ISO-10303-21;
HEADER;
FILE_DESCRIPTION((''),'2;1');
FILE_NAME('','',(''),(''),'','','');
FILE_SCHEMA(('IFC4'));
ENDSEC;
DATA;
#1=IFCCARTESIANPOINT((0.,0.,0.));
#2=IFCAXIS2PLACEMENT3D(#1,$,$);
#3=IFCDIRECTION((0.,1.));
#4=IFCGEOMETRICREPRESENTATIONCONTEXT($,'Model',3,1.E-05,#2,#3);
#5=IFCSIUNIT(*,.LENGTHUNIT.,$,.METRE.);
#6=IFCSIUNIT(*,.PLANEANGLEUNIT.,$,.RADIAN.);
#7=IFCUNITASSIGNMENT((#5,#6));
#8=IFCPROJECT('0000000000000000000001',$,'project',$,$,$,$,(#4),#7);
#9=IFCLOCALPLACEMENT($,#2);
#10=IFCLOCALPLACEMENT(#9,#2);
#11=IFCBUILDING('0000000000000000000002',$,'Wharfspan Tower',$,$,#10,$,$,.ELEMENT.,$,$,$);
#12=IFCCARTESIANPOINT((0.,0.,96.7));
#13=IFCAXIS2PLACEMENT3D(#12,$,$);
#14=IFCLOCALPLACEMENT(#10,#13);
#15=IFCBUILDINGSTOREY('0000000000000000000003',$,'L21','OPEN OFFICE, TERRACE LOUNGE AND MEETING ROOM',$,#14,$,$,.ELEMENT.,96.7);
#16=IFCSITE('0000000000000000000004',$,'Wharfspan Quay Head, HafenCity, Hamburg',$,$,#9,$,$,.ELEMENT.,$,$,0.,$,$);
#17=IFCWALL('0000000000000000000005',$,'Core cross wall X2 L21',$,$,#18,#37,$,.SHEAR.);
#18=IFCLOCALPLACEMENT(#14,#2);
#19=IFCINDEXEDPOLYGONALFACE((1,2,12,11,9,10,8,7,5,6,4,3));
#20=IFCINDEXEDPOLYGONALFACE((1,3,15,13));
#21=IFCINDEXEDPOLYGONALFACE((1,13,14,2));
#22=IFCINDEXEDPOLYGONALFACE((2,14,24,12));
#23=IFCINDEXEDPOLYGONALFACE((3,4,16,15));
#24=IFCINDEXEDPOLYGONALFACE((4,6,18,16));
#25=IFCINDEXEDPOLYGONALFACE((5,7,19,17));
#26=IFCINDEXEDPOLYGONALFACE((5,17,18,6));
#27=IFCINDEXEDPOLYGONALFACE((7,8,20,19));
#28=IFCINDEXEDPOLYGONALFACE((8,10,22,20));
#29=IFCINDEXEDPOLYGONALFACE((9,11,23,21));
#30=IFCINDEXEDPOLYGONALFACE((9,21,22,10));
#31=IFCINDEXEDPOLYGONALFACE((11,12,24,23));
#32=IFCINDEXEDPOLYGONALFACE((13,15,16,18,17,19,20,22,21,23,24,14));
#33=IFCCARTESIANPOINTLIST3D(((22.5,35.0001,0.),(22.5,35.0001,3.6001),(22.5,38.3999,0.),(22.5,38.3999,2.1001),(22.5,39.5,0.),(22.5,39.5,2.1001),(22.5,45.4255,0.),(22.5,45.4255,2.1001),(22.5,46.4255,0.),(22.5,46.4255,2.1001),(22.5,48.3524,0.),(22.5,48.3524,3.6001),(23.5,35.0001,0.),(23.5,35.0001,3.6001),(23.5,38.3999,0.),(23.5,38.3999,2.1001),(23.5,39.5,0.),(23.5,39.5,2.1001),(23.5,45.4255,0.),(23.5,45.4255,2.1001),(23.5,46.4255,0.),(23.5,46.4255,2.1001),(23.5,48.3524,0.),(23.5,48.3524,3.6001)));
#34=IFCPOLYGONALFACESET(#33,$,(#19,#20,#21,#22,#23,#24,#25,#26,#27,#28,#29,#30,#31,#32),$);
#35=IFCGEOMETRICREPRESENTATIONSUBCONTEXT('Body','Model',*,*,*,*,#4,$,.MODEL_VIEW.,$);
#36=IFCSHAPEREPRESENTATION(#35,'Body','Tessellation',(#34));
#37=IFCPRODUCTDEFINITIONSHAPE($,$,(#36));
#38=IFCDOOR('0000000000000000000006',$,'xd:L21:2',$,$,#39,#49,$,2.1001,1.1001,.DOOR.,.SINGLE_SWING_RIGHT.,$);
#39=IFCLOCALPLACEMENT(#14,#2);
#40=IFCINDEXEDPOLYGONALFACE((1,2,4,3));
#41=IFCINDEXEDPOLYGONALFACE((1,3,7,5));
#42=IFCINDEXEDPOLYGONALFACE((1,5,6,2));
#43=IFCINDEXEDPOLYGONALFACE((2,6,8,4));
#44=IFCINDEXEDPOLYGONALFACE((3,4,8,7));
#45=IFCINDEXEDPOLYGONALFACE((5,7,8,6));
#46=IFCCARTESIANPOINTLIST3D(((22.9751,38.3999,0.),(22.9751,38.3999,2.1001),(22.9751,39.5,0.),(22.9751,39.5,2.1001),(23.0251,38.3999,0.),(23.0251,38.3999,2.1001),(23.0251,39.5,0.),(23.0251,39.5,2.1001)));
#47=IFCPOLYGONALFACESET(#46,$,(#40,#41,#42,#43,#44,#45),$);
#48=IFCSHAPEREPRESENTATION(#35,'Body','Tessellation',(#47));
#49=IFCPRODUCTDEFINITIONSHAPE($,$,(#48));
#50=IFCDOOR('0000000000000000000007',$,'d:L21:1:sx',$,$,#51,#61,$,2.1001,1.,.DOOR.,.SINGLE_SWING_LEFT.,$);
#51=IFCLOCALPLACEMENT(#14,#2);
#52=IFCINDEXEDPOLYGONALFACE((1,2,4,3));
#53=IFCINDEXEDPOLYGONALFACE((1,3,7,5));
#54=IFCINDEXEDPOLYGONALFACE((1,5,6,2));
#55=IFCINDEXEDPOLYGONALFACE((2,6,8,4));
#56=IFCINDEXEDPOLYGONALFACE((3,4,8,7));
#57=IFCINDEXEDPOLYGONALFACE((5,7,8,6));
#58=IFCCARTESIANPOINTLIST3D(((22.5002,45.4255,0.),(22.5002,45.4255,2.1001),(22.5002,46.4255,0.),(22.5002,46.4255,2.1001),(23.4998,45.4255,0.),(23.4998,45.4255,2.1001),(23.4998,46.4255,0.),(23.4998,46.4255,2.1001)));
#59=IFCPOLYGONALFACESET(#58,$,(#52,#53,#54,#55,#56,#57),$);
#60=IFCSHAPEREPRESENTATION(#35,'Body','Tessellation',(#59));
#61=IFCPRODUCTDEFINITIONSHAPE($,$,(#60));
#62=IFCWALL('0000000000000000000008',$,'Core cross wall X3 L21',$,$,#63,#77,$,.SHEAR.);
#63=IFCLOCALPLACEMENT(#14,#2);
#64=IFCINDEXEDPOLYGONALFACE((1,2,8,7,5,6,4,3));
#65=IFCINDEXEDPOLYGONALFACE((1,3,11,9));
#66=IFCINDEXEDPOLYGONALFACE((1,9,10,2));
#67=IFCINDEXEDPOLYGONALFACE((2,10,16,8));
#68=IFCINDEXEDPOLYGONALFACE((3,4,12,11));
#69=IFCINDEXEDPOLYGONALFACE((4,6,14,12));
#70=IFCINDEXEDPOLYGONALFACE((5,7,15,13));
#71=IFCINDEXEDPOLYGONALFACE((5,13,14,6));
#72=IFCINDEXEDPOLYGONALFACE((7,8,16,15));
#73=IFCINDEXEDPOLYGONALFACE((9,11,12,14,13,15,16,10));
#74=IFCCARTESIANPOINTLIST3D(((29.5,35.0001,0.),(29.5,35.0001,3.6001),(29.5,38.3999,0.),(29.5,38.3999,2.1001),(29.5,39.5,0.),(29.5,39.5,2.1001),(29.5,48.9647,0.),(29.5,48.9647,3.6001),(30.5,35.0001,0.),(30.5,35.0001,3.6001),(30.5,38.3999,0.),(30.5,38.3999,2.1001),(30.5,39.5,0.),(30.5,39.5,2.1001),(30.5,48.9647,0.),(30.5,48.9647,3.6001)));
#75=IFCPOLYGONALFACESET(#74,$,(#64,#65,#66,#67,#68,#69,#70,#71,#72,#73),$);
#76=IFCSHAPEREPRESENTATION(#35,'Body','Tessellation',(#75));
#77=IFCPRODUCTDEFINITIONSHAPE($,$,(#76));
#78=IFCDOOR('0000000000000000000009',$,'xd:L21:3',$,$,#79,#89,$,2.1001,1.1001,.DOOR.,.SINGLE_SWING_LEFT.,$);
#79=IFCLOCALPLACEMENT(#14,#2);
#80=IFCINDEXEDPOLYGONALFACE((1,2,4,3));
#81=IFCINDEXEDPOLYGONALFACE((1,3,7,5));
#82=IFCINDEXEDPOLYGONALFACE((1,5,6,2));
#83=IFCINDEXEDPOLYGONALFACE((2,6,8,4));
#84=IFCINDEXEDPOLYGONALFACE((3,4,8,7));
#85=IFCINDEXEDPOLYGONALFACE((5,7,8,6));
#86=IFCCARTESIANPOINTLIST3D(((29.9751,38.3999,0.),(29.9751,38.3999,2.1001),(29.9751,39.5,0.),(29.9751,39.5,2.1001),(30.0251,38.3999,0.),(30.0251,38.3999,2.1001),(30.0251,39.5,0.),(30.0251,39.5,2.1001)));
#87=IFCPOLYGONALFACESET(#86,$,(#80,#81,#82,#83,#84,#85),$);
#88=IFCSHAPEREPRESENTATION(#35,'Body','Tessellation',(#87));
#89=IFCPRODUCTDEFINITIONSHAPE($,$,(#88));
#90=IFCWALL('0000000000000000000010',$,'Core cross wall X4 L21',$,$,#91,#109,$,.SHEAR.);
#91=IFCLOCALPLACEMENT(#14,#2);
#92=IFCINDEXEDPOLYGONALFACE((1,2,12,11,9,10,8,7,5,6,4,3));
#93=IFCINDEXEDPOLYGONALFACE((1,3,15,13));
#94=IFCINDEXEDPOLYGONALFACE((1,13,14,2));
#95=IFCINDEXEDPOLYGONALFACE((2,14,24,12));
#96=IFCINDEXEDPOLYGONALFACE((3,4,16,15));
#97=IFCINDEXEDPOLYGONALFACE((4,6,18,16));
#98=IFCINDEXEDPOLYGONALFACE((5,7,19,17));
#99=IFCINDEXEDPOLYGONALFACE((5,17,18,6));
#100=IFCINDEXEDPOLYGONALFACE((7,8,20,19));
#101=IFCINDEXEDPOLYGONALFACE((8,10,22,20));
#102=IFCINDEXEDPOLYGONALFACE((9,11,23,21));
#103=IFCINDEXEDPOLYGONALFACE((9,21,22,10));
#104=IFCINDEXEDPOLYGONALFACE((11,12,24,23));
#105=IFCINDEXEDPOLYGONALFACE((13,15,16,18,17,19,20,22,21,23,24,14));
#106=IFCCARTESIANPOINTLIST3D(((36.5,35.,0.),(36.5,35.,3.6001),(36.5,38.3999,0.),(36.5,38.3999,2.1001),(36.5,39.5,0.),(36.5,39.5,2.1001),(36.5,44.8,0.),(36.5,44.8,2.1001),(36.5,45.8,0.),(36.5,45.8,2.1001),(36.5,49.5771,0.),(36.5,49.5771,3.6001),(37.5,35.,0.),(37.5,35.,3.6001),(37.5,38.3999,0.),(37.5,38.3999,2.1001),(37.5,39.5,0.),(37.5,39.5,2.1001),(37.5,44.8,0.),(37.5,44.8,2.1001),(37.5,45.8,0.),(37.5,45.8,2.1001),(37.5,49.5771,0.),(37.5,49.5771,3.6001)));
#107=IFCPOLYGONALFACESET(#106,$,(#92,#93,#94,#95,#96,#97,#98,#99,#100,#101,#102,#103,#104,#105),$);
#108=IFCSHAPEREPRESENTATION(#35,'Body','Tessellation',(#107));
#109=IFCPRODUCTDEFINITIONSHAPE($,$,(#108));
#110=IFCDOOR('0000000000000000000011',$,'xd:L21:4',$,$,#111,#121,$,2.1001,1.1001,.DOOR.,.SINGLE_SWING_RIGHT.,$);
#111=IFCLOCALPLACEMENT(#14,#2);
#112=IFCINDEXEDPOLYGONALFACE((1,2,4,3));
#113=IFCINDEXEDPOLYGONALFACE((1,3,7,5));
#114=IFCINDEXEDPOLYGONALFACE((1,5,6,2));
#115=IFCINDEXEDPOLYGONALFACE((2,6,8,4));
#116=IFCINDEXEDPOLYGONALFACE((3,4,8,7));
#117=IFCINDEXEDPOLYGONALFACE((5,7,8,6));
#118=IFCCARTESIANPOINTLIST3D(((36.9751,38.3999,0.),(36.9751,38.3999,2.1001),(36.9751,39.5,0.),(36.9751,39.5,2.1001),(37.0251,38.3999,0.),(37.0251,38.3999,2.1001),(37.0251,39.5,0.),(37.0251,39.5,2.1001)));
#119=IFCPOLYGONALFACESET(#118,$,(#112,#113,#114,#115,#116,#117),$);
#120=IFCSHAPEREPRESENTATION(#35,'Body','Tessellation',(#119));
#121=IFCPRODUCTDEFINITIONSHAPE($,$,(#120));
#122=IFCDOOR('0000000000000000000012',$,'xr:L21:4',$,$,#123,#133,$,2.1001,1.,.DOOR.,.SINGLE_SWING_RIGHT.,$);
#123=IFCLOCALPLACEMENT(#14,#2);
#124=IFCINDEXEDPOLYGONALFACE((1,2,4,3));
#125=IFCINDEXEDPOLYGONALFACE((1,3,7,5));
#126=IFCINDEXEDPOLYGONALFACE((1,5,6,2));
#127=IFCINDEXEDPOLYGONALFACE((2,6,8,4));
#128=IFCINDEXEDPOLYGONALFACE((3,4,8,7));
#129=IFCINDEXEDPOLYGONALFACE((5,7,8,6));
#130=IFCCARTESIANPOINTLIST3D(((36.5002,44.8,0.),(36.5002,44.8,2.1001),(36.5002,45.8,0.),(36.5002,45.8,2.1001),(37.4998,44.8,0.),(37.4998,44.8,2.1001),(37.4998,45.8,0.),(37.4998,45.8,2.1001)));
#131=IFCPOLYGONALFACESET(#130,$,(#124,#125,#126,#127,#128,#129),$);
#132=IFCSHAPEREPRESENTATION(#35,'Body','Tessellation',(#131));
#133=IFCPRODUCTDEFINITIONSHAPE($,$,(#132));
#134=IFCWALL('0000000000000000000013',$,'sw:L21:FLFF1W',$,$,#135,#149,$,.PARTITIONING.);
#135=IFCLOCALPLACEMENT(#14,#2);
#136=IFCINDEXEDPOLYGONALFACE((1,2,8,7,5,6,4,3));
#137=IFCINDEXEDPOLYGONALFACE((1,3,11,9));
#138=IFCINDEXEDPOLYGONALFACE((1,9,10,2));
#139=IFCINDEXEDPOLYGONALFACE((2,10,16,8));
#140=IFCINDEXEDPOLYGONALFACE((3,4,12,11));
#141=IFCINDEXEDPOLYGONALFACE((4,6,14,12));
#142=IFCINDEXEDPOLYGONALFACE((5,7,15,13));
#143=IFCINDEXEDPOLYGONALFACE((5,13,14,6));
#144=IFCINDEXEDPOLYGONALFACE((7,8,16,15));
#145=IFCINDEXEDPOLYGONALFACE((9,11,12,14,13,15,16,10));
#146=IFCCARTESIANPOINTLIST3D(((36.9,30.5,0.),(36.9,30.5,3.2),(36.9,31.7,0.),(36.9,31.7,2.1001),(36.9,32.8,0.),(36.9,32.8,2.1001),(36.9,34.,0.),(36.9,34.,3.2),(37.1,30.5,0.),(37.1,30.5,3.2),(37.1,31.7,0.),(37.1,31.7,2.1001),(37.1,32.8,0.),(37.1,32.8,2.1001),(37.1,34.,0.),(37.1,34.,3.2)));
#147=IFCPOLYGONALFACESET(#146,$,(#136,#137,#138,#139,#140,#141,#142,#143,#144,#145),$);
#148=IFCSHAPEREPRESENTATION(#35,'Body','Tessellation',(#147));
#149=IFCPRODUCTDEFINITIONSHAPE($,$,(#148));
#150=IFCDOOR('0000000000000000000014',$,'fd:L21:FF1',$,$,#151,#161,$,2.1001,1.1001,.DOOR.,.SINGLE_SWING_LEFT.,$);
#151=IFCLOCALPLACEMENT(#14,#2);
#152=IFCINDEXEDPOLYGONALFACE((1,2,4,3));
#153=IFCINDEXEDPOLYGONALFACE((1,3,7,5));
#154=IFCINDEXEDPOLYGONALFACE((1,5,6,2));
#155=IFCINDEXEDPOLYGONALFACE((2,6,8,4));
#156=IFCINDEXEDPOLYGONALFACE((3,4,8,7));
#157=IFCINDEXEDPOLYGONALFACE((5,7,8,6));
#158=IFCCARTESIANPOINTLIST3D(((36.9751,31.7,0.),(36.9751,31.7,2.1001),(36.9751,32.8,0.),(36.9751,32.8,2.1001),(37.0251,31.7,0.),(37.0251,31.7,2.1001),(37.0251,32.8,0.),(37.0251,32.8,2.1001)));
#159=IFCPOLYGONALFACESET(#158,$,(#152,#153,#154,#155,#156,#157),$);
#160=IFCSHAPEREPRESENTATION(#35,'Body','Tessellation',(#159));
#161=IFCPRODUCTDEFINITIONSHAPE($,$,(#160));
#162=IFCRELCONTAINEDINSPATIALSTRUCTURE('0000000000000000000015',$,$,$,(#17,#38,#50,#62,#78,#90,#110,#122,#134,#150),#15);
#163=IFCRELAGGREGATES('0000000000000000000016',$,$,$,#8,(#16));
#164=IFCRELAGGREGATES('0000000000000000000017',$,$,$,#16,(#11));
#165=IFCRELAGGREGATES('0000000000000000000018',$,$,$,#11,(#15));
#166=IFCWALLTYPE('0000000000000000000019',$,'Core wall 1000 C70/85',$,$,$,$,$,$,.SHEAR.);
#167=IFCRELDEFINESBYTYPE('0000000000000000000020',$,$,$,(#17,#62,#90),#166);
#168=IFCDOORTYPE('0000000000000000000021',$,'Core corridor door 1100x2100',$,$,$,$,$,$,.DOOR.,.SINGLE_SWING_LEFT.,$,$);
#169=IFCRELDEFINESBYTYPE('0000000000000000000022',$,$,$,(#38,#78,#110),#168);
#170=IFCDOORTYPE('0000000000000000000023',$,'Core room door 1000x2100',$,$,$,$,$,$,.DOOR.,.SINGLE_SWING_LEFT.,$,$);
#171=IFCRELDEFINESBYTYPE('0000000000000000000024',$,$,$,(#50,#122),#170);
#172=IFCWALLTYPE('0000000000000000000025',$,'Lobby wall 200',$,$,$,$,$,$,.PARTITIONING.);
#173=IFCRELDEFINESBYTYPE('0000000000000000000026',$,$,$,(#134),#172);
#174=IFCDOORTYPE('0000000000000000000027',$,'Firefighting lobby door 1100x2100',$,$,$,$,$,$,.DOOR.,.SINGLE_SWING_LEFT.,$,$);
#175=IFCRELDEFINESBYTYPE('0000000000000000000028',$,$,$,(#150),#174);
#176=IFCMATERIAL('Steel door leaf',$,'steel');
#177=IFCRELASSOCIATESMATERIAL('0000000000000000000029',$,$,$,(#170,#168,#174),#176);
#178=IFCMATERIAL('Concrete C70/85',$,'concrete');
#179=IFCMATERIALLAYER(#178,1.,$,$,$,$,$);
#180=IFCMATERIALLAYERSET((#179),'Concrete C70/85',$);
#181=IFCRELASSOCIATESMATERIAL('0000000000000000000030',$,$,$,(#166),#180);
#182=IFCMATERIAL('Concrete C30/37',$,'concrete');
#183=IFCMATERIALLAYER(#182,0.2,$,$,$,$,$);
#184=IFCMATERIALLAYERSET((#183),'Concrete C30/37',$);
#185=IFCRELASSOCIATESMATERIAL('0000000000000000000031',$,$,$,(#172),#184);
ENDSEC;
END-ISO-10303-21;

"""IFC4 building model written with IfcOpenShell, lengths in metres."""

from ifc_helpers import new_model, si_unit, direction, frame, frame_2d, origin, place, context, subcontext, project, spatial, rectangle, extrude, material, layer, layer_set, type_object, element, fill, save


model = new_model("IFC4")

# Units and contexts
model_context = context("Model", 3, precision=1e-05, world=origin(), true_north=direction((0.0, 1.0)))
body_context = subcontext(model_context, "Body", "Model", "MODEL_VIEW")
ifc_project = project(units=[si_unit("LENGTHUNIT", "METRE"), si_unit("PLANEANGLEUNIT", "RADIAN")], contexts=[model_context])

# Site, building, storey
site_placement = place(None, origin())
site = spatial("IfcSite", under=ifc_project, at=site_placement, Name="Wharfspan Quay Head, HafenCity, Hamburg", CompositionType="ELEMENT", RefElevation=0.0)
building_placement = place(site_placement, origin())
building = spatial("IfcBuilding", under=site, at=building_placement, Name="Wharfspan Tower", CompositionType="ELEMENT")
storey_placement = place(building_placement, frame((0.0, 0.0, 96.7)))
storey = spatial("IfcBuildingStorey", under=building, at=storey_placement, Name="L21", Description="OPEN OFFICE, TERRACE LOUNGE AND MEETING ROOM", CompositionType="ELEMENT", Elevation=96.7)

# Shared definitions
ifc_material_1 = material(Name="Steel door leaf", Category="steel")
door_type_1 = type_object("IfcDoorType", Name="Core room door 1000x2100", OperationType="SINGLE_SWING_LEFT", PredefinedType="DOOR", material=ifc_material_1)

# Wall, openings, doors
ifc_material_2 = material(Name="Concrete C70/85", Category="concrete")
ifc_layer_1 = layer(ifc_material_2, 1.0)
ifc_layer_set_1 = layer_set([ifc_layer_1], Name="Concrete C70/85")
wall_type_1 = type_object("IfcWallType", Name="Core wall 1000 C70/85", PredefinedType="SHEAR", material=ifc_layer_set_1)
wall_1_placement = place(storey_placement, frame((23.0, 35.0, 0.0), z_axis=(0.0, 0.0, 1.0), x_axis=(0.0, 1.0, 0.0)))
wall_1 = element("IfcWall", 1, at=wall_1_placement, inside=storey, type_object=wall_type_1, Name="Core cross wall X2 L21", PredefinedType="SHEAR", context=body_context, shape_type="SweptSolid", body=[
    extrude(rectangle(XDim=13.3523, YDim=1.0, at=frame_2d((6.6763, 0.0))), origin(), (0.0, 0.0, 1.0), 3.6001),
])
opening_1_placement = place(wall_1_placement, frame((10.4255, 0.0, 0.0)))
opening_1 = element("IfcOpeningElement", 2, at=opening_1_placement, cuts=wall_1, PredefinedType="OPENING", context=body_context, shape_type="SweptSolid", body=[
    extrude(rectangle(XDim=1.0, YDim=2.1001, at=frame_2d((0.5, 1.05))), frame((0.0, 0.51, 0.0), z_axis=(0.0, -1.0, 0.0), x_axis=(1.0, 0.0, 0.0)), (0.0, 0.0, 1.0), 1.02),
])
opening_2_placement = place(wall_1_placement, frame((3.3999, 0.0, 0.0)))
opening_2 = element("IfcOpeningElement", 3, at=opening_2_placement, cuts=wall_1, PredefinedType="OPENING", context=body_context, shape_type="SweptSolid", body=[
    extrude(rectangle(XDim=1.1001, YDim=2.1001, at=frame_2d((0.55, 1.05))), frame((0.0, 0.51, 0.0), z_axis=(0.0, -1.0, 0.0), x_axis=(1.0, 0.0, 0.0)), (0.0, 0.0, 1.0), 1.02),
])
door_type_2 = type_object("IfcDoorType", Name="Core corridor door 1100x2100", OperationType="SINGLE_SWING_LEFT", PredefinedType="DOOR", material=ifc_material_1)
door_1_placement = place(opening_2_placement, origin())
door_1 = element("IfcDoor", 4, at=door_1_placement, inside=storey, type_object=door_type_2, Name="xd:L21:2", OperationType="SINGLE_SWING_RIGHT", OverallHeight=2.1001, OverallWidth=1.1001, PredefinedType="DOOR", context=body_context, shape_type="SweptSolid", body=[
    extrude(rectangle(XDim=1.1001, YDim=2.1001, at=frame_2d((0.55, 1.05))), frame((0.0, 0.0249, 0.0), z_axis=(0.0, -1.0, 0.0), x_axis=(1.0, 0.0, 0.0)), (0.0, 0.0, 1.0), 0.05),
])
fill(opening_2, door_1)
door_2_placement = place(opening_1_placement, origin())
door_2 = element("IfcDoor", 5, at=door_2_placement, inside=storey, type_object=door_type_1, Name="d:L21:1:sx", OperationType="SINGLE_SWING_LEFT", OverallHeight=2.1001, OverallWidth=1.0, PredefinedType="DOOR", context=body_context, shape_type="SweptSolid", body=[
    extrude(rectangle(XDim=1.0, YDim=2.1001, at=frame_2d((0.5, 1.05))), frame((0.0, 0.4998, 0.0), z_axis=(0.0, -1.0, 0.0), x_axis=(1.0, 0.0, 0.0)), (0.0, 0.0, 1.0), 0.9995),
])
fill(opening_1, door_2)

# Wall, opening, door
wall_2_placement = place(storey_placement, frame((30.0, 35.0, 0.0), z_axis=(0.0, 0.0, 1.0), x_axis=(0.0, 1.0, 0.0)))
wall_2 = element("IfcWall", 6, at=wall_2_placement, inside=storey, type_object=wall_type_1, Name="Core cross wall X3 L21", PredefinedType="SHEAR", context=body_context, shape_type="SweptSolid", body=[
    extrude(rectangle(XDim=13.9646, YDim=1.0, at=frame_2d((6.9824, 0.0))), origin(), (0.0, 0.0, 1.0), 3.6001),
])
opening_3_placement = place(wall_2_placement, frame((3.3999, 0.0, 0.0)))
opening_3 = element("IfcOpeningElement", 7, at=opening_3_placement, cuts=wall_2, PredefinedType="OPENING", context=body_context, shape_type="SweptSolid", body=[
    extrude(rectangle(XDim=1.1001, YDim=2.1001, at=frame_2d((0.55, 1.05))), frame((0.0, 0.51, 0.0), z_axis=(0.0, -1.0, 0.0), x_axis=(1.0, 0.0, 0.0)), (0.0, 0.0, 1.0), 1.02),
])
door_3_placement = place(opening_3_placement, origin())
door_3 = element("IfcDoor", 8, at=door_3_placement, inside=storey, type_object=door_type_2, Name="xd:L21:3", OperationType="SINGLE_SWING_LEFT", OverallHeight=2.1001, OverallWidth=1.1001, PredefinedType="DOOR", context=body_context, shape_type="SweptSolid", body=[
    extrude(rectangle(XDim=1.1001, YDim=2.1001, at=frame_2d((0.55, 1.05))), frame((0.0, 0.0249, 0.0), z_axis=(0.0, -1.0, 0.0), x_axis=(1.0, 0.0, 0.0)), (0.0, 0.0, 1.0), 0.05),
])
fill(opening_3, door_3)

# Wall, openings, doors
wall_3_placement = place(storey_placement, frame((37.0, 35.0, 0.0), z_axis=(0.0, 0.0, 1.0), x_axis=(0.0, 1.0, 0.0)))
wall_3 = element("IfcWall", 9, at=wall_3_placement, inside=storey, type_object=wall_type_1, Name="Core cross wall X4 L21", PredefinedType="SHEAR", context=body_context, shape_type="SweptSolid", body=[
    extrude(rectangle(XDim=14.5771, YDim=1.0, at=frame_2d((7.2886, 0.0))), origin(), (0.0, 0.0, 1.0), 3.6001),
])
opening_4_placement = place(wall_3_placement, frame((3.3999, 0.0, 0.0)))
opening_4 = element("IfcOpeningElement", 10, at=opening_4_placement, cuts=wall_3, PredefinedType="OPENING", context=body_context, shape_type="SweptSolid", body=[
    extrude(rectangle(XDim=1.1001, YDim=2.1001, at=frame_2d((0.55, 1.05))), frame((0.0, 0.51, 0.0), z_axis=(0.0, -1.0, 0.0), x_axis=(1.0, 0.0, 0.0)), (0.0, 0.0, 1.0), 1.02),
])
opening_5_placement = place(wall_3_placement, frame((9.8, 0.0, 0.0)))
opening_5 = element("IfcOpeningElement", 11, at=opening_5_placement, cuts=wall_3, PredefinedType="OPENING", context=body_context, shape_type="SweptSolid", body=[
    extrude(rectangle(XDim=1.0, YDim=2.1001, at=frame_2d((0.5, 1.05))), frame((0.0, 0.51, 0.0), z_axis=(0.0, -1.0, 0.0), x_axis=(1.0, 0.0, 0.0)), (0.0, 0.0, 1.0), 1.02),
])
door_4_placement = place(opening_4_placement, origin())
door_4 = element("IfcDoor", 12, at=door_4_placement, inside=storey, type_object=door_type_2, Name="xd:L21:4", OperationType="SINGLE_SWING_RIGHT", OverallHeight=2.1001, OverallWidth=1.1001, PredefinedType="DOOR", context=body_context, shape_type="SweptSolid", body=[
    extrude(rectangle(XDim=1.1001, YDim=2.1001, at=frame_2d((0.55, 1.05))), frame((0.0, 0.0249, 0.0), z_axis=(0.0, -1.0, 0.0), x_axis=(1.0, 0.0, 0.0)), (0.0, 0.0, 1.0), 0.05),
])
fill(opening_4, door_4)
door_5_placement = place(opening_5_placement, origin())
door_5 = element("IfcDoor", 13, at=door_5_placement, inside=storey, type_object=door_type_1, Name="xr:L21:4", OperationType="SINGLE_SWING_RIGHT", OverallHeight=2.1001, OverallWidth=1.0, PredefinedType="DOOR", context=body_context, shape_type="SweptSolid", body=[
    extrude(rectangle(XDim=1.0, YDim=2.1001, at=frame_2d((0.5, 1.05))), frame((0.0, 0.4998, 0.0), z_axis=(0.0, -1.0, 0.0), x_axis=(1.0, 0.0, 0.0)), (0.0, 0.0, 1.0), 0.9995),
])
fill(opening_5, door_5)

# Wall, opening, door
ifc_material_3 = material(Name="Concrete C30/37", Category="concrete")
ifc_layer_2 = layer(ifc_material_3, 0.2)
ifc_layer_set_2 = layer_set([ifc_layer_2], Name="Concrete C30/37")
wall_type_2 = type_object("IfcWallType", Name="Lobby wall 200", PredefinedType="PARTITIONING", material=ifc_layer_set_2)
wall_4_placement = place(storey_placement, frame((37.0, 30.5, 0.0), z_axis=(0.0, 0.0, 1.0), x_axis=(0.0, 1.0, 0.0)))
wall_4 = element("IfcWall", 14, at=wall_4_placement, inside=storey, type_object=wall_type_2, Name="sw:L21:FLFF1W", PredefinedType="PARTITIONING", context=body_context, shape_type="SweptSolid", body=[
    extrude(rectangle(XDim=3.5, YDim=0.2, at=frame_2d((1.75, 0.0))), origin(), (0.0, 0.0, 1.0), 3.2),
])
opening_6_placement = place(wall_4_placement, frame((1.2, 0.0, 0.0)))
opening_6 = element("IfcOpeningElement", 15, at=opening_6_placement, cuts=wall_4, PredefinedType="OPENING", context=body_context, shape_type="SweptSolid", body=[
    extrude(rectangle(XDim=1.1001, YDim=2.1001, at=frame_2d((0.55, 1.05))), frame((0.0, 0.1099, 0.0), z_axis=(0.0, -1.0, 0.0), x_axis=(1.0, 0.0, 0.0)), (0.0, 0.0, 1.0), 0.22),
])
door_type_3 = type_object("IfcDoorType", Name="Firefighting lobby door 1100x2100", OperationType="SINGLE_SWING_LEFT", PredefinedType="DOOR", material=ifc_material_1)
door_6_placement = place(opening_6_placement, origin())
door_6 = element("IfcDoor", 16, at=door_6_placement, inside=storey, type_object=door_type_3, Name="fd:L21:FF1", OperationType="SINGLE_SWING_LEFT", OverallHeight=2.1001, OverallWidth=1.1001, PredefinedType="DOOR", context=body_context, shape_type="SweptSolid", body=[
    extrude(rectangle(XDim=1.1001, YDim=2.1001, at=frame_2d((0.55, 1.05))), frame((0.0, 0.0249, 0.0), z_axis=(0.0, -1.0, 0.0), x_axis=(1.0, 0.0, 0.0)), (0.0, 0.0, 1.0), 0.05),
])
fill(opening_6, door_6)

save(model, "model.ifc")
